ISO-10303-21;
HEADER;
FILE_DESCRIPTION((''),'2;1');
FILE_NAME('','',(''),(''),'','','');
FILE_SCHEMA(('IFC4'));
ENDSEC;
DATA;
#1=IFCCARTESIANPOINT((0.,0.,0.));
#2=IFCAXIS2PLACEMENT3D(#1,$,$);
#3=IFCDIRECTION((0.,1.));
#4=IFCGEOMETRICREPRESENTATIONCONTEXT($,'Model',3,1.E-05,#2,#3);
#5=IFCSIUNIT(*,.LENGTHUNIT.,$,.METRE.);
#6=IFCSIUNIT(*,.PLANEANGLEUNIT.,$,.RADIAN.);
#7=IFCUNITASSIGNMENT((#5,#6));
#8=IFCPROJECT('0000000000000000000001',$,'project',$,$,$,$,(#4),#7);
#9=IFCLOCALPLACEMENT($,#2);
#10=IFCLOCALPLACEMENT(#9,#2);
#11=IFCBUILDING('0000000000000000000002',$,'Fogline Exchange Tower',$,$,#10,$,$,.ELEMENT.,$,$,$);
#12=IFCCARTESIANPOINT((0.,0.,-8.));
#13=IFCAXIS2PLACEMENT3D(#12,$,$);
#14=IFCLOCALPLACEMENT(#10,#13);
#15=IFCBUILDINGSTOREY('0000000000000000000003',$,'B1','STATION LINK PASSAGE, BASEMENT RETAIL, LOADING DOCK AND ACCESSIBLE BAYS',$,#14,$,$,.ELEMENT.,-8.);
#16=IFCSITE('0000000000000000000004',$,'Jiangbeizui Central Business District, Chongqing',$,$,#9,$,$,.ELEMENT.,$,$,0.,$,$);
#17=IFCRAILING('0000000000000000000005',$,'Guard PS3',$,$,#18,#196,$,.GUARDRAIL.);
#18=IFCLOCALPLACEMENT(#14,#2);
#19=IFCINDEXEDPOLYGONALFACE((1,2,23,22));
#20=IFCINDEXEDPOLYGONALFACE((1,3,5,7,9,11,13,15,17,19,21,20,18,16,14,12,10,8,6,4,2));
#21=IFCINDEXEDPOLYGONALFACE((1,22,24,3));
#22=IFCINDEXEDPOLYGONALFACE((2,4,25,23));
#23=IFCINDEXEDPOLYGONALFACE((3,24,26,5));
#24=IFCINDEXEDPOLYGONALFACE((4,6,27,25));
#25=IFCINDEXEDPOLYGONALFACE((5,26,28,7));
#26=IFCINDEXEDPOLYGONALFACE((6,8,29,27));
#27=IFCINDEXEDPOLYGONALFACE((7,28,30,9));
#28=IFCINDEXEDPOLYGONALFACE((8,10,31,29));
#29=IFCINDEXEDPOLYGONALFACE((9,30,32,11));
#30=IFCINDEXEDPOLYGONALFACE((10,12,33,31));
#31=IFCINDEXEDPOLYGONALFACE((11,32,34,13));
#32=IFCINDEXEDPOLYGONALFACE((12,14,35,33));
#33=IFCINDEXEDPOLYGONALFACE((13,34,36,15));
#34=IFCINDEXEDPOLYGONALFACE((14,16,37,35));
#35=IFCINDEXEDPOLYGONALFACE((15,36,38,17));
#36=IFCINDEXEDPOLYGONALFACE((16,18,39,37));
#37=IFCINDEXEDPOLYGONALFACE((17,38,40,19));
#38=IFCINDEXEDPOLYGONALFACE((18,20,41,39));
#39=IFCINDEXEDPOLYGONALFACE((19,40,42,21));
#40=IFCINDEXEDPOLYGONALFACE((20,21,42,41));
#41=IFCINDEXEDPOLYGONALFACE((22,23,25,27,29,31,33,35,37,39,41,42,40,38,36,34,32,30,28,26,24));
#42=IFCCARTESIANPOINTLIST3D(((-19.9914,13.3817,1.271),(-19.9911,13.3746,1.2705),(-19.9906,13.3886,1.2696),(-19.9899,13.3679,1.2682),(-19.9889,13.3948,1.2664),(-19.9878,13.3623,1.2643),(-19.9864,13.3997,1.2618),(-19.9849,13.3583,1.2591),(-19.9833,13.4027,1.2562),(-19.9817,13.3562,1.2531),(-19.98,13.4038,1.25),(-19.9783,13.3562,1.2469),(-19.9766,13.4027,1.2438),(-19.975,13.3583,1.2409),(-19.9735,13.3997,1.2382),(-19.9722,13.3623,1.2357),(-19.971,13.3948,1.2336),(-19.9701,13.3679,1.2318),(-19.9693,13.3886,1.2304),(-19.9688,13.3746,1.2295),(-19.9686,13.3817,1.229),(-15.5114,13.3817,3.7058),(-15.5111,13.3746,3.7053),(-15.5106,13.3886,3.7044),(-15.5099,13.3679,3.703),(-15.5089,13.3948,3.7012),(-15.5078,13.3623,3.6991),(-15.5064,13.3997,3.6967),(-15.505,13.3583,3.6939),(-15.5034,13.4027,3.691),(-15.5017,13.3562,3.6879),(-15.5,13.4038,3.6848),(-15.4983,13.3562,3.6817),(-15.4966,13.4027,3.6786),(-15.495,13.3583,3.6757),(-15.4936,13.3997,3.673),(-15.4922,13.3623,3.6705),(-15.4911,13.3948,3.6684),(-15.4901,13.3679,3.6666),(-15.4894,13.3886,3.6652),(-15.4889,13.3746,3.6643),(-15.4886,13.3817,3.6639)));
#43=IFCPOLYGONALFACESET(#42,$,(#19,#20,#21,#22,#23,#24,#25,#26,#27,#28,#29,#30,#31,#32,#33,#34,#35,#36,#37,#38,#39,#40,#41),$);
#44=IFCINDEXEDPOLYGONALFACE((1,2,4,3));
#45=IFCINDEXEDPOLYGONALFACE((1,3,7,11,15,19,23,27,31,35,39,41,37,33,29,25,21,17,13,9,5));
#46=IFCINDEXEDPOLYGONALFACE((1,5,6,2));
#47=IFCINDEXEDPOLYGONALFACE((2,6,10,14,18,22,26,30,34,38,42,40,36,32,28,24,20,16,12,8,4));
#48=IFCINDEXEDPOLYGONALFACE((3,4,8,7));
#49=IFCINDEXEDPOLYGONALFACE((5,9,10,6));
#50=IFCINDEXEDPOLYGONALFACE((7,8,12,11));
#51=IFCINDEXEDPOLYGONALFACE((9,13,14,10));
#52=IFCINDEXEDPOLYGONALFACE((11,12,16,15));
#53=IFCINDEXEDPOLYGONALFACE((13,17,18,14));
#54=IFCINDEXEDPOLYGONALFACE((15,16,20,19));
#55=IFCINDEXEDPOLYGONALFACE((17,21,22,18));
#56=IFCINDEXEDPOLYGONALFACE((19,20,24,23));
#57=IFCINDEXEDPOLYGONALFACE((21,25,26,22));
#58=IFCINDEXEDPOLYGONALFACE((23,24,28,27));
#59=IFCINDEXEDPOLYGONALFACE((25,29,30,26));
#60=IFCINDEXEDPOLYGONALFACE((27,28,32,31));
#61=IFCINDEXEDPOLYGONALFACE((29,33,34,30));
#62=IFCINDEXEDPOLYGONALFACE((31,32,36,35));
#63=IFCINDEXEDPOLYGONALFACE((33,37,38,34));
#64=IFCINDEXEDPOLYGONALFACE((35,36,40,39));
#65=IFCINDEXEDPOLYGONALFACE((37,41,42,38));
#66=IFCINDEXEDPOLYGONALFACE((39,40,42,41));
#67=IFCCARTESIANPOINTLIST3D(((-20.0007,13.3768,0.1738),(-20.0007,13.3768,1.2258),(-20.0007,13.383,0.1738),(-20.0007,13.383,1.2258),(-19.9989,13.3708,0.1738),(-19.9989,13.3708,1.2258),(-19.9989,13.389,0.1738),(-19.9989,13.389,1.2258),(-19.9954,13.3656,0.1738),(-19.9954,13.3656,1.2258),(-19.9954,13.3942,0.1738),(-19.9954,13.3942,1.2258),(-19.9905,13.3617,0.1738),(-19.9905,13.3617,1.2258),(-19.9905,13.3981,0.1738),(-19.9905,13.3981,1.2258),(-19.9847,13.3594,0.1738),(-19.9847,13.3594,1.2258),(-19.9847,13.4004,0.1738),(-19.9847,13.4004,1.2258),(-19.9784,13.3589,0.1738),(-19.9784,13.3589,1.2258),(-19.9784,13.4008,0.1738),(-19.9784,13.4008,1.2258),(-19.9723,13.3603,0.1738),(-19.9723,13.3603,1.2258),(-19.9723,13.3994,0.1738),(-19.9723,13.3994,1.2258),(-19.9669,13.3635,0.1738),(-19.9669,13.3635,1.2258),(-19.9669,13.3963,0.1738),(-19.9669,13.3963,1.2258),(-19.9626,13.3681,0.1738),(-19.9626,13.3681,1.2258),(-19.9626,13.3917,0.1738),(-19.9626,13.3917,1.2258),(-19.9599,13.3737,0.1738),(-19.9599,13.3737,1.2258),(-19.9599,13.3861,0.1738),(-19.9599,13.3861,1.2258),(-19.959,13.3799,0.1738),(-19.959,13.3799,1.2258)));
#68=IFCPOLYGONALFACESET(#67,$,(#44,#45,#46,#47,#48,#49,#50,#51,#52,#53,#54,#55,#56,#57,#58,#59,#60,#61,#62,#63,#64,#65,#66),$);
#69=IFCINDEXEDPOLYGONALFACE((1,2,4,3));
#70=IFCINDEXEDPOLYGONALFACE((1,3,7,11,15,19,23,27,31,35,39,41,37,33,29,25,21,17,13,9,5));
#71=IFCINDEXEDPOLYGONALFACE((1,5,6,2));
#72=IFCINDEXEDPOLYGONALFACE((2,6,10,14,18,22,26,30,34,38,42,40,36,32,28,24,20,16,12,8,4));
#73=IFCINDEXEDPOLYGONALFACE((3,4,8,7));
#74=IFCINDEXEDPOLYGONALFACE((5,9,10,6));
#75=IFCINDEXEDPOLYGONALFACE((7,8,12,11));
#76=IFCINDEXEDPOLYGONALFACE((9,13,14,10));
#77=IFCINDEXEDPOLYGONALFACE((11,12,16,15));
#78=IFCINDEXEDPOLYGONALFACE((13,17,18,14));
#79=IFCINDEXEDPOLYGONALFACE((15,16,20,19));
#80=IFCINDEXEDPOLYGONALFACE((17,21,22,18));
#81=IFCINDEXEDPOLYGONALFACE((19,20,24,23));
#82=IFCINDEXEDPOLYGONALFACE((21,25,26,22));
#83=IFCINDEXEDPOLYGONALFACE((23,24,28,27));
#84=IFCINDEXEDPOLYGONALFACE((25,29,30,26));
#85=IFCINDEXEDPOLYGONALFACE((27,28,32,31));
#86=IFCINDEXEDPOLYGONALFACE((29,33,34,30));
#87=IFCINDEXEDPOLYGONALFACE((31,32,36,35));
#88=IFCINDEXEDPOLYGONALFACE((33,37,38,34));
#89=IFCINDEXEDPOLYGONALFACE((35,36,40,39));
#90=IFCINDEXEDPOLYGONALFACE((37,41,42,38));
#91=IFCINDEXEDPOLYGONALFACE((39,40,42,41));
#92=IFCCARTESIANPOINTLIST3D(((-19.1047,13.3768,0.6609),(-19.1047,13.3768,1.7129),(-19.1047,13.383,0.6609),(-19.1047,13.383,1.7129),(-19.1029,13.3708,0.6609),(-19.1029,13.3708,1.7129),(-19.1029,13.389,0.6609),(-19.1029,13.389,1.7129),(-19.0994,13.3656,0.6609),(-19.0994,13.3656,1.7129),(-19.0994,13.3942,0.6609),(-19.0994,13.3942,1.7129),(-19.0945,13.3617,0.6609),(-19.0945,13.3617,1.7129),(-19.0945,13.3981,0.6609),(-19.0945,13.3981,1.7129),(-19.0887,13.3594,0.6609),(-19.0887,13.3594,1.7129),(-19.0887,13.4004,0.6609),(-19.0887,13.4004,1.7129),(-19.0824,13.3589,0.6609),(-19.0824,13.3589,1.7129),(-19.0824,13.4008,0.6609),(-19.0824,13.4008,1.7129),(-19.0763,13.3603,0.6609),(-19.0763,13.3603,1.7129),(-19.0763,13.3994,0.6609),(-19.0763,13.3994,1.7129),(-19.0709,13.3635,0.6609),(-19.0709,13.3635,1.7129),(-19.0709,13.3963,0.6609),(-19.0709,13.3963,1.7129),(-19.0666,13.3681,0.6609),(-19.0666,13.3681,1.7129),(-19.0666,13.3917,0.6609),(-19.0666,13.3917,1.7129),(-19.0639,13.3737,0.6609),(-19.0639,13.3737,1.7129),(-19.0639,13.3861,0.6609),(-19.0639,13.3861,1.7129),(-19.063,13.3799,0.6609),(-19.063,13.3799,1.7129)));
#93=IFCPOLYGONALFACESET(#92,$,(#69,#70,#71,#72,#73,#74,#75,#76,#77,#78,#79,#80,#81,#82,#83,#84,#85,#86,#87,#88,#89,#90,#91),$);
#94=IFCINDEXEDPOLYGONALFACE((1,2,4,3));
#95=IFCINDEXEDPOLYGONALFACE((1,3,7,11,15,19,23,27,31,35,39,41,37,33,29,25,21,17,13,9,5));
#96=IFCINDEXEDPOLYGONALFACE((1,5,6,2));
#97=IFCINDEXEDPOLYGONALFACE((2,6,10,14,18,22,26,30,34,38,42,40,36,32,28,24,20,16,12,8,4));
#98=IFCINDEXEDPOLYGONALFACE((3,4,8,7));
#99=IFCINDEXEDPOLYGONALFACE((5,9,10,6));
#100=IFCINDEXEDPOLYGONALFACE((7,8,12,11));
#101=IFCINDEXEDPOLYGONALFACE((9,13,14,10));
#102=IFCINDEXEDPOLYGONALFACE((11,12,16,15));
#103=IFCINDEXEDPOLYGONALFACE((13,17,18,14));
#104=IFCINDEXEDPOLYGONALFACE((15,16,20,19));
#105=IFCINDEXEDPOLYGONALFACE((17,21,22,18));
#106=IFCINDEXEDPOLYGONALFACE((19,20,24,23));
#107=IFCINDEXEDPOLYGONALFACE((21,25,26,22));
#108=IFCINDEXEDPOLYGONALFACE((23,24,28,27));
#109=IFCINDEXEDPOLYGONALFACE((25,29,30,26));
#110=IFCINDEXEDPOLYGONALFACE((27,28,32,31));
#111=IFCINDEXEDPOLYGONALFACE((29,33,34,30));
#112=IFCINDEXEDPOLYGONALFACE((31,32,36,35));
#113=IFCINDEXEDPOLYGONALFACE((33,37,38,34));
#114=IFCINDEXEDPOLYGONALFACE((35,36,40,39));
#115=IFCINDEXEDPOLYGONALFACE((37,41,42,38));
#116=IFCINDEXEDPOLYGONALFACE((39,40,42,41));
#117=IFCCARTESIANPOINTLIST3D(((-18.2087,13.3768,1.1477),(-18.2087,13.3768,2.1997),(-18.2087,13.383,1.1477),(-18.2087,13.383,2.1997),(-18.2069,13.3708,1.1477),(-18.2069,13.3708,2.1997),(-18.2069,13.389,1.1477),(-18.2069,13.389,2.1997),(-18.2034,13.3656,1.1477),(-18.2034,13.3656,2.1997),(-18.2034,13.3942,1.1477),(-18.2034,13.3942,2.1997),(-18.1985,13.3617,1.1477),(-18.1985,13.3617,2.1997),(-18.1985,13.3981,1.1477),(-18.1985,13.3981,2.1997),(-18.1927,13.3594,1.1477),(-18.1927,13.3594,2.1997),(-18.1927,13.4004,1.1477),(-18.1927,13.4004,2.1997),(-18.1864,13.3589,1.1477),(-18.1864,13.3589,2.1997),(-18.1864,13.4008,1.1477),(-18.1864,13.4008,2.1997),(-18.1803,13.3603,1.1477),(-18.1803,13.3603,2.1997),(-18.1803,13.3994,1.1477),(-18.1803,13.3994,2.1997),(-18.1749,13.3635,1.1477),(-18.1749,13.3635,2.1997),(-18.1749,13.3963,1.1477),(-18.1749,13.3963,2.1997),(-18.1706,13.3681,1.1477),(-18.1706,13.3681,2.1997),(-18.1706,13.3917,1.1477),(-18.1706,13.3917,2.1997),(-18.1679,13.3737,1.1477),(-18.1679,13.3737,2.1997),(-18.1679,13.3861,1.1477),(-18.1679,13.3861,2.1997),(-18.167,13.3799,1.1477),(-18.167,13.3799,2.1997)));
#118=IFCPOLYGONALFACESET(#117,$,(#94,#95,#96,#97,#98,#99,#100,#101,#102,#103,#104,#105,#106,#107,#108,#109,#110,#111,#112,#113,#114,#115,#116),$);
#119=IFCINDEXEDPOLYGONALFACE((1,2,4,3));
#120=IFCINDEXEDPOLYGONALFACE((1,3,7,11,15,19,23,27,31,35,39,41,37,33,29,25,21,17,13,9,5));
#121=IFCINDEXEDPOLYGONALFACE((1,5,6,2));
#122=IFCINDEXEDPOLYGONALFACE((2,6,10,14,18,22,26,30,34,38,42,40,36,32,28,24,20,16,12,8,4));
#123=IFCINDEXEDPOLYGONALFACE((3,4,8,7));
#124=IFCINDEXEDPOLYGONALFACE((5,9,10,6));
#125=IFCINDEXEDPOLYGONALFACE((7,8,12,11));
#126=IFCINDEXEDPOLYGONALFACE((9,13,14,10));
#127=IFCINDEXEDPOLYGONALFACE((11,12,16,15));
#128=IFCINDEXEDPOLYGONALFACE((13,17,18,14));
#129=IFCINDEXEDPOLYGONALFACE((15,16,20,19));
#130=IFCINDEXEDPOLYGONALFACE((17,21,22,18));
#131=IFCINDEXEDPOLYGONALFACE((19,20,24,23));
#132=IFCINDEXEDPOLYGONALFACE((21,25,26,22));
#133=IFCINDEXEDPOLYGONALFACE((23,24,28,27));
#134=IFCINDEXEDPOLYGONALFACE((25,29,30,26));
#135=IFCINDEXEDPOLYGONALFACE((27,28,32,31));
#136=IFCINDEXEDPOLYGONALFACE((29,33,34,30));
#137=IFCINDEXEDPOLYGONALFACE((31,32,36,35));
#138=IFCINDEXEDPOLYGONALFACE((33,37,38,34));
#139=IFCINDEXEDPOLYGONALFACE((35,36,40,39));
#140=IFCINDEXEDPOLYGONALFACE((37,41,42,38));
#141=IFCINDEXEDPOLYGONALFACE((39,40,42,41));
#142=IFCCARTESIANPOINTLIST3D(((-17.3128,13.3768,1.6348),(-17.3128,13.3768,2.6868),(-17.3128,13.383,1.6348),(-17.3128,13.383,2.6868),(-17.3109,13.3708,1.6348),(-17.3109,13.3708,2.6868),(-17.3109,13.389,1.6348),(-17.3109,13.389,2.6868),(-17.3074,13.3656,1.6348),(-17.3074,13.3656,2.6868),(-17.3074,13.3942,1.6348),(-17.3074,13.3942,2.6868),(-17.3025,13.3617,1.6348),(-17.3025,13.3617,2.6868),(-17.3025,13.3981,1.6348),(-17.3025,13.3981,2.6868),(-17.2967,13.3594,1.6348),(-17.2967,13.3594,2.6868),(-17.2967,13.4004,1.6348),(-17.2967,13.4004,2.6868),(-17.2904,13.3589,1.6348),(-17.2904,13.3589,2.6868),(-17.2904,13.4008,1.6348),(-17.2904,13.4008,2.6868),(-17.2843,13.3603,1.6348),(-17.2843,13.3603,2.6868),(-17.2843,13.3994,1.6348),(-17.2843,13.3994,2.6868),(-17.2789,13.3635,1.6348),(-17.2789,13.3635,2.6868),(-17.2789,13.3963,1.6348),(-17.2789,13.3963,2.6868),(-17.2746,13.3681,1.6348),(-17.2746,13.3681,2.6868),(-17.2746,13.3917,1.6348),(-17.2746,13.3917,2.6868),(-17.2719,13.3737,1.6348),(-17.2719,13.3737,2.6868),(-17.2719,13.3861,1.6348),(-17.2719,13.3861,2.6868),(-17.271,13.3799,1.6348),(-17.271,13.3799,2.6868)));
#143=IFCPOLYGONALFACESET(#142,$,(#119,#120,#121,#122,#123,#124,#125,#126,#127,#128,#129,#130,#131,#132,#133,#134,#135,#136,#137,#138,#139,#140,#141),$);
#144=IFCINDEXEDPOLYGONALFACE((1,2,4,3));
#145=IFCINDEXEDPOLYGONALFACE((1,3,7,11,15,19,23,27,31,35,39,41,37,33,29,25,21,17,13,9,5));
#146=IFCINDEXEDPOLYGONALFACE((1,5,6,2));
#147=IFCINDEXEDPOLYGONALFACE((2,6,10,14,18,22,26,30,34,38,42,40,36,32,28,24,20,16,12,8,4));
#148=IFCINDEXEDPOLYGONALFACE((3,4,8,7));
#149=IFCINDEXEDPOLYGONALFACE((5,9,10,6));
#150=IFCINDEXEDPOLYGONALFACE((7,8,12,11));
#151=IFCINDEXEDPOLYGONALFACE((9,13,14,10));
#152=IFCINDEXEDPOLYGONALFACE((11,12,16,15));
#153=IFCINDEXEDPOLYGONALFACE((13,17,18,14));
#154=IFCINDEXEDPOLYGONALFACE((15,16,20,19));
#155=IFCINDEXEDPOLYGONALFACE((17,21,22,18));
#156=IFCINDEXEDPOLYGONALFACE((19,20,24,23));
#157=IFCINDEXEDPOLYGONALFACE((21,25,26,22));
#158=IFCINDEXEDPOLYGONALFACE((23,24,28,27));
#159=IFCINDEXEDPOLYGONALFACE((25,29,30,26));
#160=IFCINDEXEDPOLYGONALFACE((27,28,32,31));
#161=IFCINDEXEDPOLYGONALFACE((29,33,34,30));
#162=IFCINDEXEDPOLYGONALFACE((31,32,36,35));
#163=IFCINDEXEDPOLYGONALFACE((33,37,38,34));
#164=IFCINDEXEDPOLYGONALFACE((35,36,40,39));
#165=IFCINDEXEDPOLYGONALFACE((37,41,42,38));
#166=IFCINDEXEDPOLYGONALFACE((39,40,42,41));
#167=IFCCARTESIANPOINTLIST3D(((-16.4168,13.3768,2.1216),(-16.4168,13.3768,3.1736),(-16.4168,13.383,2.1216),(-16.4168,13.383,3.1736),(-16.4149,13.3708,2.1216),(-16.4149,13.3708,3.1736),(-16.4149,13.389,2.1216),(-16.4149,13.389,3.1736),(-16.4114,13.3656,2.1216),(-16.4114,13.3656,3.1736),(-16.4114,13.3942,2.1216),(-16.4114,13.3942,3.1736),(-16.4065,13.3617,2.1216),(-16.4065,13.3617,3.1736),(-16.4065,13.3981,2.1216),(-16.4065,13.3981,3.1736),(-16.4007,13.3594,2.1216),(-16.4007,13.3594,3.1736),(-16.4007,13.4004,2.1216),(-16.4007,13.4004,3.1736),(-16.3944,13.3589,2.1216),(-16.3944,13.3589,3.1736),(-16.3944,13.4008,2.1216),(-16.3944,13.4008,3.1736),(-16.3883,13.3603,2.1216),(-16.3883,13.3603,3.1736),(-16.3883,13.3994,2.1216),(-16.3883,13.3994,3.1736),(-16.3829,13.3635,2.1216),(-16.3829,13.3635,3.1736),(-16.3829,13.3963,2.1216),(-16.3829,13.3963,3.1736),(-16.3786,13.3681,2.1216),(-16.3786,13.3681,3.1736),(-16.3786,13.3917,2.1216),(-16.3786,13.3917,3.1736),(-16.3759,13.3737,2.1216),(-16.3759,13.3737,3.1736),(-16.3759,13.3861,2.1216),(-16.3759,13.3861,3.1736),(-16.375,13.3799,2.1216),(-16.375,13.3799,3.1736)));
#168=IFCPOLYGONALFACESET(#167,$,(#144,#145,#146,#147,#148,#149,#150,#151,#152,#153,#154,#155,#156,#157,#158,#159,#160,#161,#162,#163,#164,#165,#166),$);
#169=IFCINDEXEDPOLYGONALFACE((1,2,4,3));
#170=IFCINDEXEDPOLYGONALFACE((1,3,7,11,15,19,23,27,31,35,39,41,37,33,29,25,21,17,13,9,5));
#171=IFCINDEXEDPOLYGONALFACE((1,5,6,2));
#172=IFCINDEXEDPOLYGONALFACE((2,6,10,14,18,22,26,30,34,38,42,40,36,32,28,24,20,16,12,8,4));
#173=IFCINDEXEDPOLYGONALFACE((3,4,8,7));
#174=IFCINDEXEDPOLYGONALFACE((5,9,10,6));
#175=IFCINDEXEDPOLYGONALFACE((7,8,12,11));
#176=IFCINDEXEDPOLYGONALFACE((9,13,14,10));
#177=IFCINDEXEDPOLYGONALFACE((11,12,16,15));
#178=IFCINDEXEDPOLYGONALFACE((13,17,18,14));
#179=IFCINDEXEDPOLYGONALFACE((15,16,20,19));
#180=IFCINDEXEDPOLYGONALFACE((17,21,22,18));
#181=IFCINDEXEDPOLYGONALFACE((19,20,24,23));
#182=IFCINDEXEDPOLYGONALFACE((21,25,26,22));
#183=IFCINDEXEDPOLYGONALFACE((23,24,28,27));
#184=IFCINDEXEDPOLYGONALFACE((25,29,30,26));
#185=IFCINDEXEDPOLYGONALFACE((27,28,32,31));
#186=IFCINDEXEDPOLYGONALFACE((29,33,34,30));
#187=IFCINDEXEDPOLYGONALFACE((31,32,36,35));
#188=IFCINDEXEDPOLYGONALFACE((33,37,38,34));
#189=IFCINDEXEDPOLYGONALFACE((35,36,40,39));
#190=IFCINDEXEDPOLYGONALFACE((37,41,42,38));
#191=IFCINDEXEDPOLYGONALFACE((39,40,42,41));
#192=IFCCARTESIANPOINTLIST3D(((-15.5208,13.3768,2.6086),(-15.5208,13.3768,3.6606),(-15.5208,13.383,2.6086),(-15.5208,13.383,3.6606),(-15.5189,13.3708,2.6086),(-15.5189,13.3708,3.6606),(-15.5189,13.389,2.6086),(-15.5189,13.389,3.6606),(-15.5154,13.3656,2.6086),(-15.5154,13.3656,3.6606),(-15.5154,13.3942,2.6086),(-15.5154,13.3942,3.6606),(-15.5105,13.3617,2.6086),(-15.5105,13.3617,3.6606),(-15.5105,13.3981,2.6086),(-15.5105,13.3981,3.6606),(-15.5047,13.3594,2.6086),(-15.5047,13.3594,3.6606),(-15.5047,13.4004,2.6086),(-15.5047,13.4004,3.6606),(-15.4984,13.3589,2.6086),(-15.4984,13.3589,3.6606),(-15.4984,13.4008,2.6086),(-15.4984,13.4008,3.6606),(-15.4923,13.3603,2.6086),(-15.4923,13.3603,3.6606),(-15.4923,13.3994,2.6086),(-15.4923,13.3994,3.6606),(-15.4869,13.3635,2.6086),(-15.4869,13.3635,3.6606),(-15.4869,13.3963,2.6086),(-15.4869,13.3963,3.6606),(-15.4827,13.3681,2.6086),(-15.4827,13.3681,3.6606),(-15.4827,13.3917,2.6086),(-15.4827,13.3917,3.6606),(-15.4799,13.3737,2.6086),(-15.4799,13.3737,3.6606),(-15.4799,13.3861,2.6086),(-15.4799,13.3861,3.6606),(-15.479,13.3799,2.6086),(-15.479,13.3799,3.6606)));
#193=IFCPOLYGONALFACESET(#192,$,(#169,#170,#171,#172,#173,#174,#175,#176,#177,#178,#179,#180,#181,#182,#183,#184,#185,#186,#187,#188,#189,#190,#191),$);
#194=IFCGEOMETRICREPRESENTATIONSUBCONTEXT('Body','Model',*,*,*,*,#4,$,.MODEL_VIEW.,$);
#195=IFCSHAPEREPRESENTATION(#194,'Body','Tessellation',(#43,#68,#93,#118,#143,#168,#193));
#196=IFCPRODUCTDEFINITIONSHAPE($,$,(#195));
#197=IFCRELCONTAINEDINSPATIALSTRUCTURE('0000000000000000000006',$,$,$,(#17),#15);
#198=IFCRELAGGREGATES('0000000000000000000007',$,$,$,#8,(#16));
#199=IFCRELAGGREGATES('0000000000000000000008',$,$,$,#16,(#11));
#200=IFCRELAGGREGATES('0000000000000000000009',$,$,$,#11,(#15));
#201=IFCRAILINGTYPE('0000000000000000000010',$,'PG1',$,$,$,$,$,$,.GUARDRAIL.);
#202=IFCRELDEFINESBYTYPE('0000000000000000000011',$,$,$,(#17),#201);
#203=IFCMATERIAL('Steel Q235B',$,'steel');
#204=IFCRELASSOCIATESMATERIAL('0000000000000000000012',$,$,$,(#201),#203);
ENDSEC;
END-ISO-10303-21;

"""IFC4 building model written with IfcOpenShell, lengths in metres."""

from ifc_helpers import new_model, si_unit, direction, frame, origin, origin_2d, place, context, subcontext, project, spatial, circle, extrude, material, type_object, element, save


model = new_model("IFC4")

# Units and contexts
model_context = context("Model", 3, precision=1e-05, world=origin(), true_north=direction((0.0, 1.0)))
body_context = subcontext(model_context, "Body", "Model", "MODEL_VIEW")
ifc_project = project(units=[si_unit("LENGTHUNIT", "METRE"), si_unit("PLANEANGLEUNIT", "RADIAN")], contexts=[model_context])

# Site, building, storey
site_placement = place(None, origin())
site = spatial("IfcSite", under=ifc_project, at=site_placement, Name="Jiangbeizui Central Business District, Chongqing", CompositionType="ELEMENT", RefElevation=0.0)
building_placement = place(site_placement, origin())
building = spatial("IfcBuilding", under=site, at=building_placement, Name="Fogline Exchange Tower", CompositionType="ELEMENT")
storey_placement = place(building_placement, frame((0.0, 0.0, -8.0)))
storey = spatial("IfcBuildingStorey", under=building, at=storey_placement, Name="B1", Description="STATION LINK PASSAGE, BASEMENT RETAIL, LOADING DOCK AND ACCESSIBLE BAYS", CompositionType="ELEMENT", Elevation=-8.0)

# Shared definitions
ifc_material_1 = material(Name="Steel Q235B", Category="steel")

# Railing
railing_type_1 = type_object("IfcRailingType", Name="PG1", PredefinedType="GUARDRAIL", material=ifc_material_1)
railing_1_placement = place(storey_placement, frame((-19.98, 13.3799, 0.1738)))
element("IfcRailing", 1, at=railing_1_placement, inside=storey, type_object=railing_type_1, Name="Guard PS3", PredefinedType="GUARDRAIL", context=body_context, shape_type="SweptSolid", body=[
    extrude(circle(Radius=0.0239, at=origin_2d()), frame((0.0, 0.0, 1.0762), z_axis=(0.878621, 0.0, 0.47752), x_axis=(0.0, 1.0, 0.0)), (0.0, 0.0, 1.0), 5.0989),
    extrude(circle(Radius=0.021, at=origin_2d()), origin(), (0.0, 0.0, 1.0), 1.052),
    extrude(circle(Radius=0.021, at=origin_2d()), frame((0.896, 0.0, 0.4871)), (0.0, 0.0, 1.0), 1.052),
    extrude(circle(Radius=0.021, at=origin_2d()), frame((1.792, 0.0, 0.9739)), (0.0, 0.0, 1.0), 1.052),
    extrude(circle(Radius=0.021, at=origin_2d()), frame((2.688, 0.0, 1.4609)), (0.0, 0.0, 1.0), 1.052),
    extrude(circle(Radius=0.021, at=origin_2d()), frame((3.584, 0.0, 1.9478)), (0.0, 0.0, 1.0), 1.052),
    extrude(circle(Radius=0.021, at=origin_2d()), frame((4.48, 0.0, 2.4348)), (0.0, 0.0, 1.0), 1.052),
])

save(model, "model.ifc")
